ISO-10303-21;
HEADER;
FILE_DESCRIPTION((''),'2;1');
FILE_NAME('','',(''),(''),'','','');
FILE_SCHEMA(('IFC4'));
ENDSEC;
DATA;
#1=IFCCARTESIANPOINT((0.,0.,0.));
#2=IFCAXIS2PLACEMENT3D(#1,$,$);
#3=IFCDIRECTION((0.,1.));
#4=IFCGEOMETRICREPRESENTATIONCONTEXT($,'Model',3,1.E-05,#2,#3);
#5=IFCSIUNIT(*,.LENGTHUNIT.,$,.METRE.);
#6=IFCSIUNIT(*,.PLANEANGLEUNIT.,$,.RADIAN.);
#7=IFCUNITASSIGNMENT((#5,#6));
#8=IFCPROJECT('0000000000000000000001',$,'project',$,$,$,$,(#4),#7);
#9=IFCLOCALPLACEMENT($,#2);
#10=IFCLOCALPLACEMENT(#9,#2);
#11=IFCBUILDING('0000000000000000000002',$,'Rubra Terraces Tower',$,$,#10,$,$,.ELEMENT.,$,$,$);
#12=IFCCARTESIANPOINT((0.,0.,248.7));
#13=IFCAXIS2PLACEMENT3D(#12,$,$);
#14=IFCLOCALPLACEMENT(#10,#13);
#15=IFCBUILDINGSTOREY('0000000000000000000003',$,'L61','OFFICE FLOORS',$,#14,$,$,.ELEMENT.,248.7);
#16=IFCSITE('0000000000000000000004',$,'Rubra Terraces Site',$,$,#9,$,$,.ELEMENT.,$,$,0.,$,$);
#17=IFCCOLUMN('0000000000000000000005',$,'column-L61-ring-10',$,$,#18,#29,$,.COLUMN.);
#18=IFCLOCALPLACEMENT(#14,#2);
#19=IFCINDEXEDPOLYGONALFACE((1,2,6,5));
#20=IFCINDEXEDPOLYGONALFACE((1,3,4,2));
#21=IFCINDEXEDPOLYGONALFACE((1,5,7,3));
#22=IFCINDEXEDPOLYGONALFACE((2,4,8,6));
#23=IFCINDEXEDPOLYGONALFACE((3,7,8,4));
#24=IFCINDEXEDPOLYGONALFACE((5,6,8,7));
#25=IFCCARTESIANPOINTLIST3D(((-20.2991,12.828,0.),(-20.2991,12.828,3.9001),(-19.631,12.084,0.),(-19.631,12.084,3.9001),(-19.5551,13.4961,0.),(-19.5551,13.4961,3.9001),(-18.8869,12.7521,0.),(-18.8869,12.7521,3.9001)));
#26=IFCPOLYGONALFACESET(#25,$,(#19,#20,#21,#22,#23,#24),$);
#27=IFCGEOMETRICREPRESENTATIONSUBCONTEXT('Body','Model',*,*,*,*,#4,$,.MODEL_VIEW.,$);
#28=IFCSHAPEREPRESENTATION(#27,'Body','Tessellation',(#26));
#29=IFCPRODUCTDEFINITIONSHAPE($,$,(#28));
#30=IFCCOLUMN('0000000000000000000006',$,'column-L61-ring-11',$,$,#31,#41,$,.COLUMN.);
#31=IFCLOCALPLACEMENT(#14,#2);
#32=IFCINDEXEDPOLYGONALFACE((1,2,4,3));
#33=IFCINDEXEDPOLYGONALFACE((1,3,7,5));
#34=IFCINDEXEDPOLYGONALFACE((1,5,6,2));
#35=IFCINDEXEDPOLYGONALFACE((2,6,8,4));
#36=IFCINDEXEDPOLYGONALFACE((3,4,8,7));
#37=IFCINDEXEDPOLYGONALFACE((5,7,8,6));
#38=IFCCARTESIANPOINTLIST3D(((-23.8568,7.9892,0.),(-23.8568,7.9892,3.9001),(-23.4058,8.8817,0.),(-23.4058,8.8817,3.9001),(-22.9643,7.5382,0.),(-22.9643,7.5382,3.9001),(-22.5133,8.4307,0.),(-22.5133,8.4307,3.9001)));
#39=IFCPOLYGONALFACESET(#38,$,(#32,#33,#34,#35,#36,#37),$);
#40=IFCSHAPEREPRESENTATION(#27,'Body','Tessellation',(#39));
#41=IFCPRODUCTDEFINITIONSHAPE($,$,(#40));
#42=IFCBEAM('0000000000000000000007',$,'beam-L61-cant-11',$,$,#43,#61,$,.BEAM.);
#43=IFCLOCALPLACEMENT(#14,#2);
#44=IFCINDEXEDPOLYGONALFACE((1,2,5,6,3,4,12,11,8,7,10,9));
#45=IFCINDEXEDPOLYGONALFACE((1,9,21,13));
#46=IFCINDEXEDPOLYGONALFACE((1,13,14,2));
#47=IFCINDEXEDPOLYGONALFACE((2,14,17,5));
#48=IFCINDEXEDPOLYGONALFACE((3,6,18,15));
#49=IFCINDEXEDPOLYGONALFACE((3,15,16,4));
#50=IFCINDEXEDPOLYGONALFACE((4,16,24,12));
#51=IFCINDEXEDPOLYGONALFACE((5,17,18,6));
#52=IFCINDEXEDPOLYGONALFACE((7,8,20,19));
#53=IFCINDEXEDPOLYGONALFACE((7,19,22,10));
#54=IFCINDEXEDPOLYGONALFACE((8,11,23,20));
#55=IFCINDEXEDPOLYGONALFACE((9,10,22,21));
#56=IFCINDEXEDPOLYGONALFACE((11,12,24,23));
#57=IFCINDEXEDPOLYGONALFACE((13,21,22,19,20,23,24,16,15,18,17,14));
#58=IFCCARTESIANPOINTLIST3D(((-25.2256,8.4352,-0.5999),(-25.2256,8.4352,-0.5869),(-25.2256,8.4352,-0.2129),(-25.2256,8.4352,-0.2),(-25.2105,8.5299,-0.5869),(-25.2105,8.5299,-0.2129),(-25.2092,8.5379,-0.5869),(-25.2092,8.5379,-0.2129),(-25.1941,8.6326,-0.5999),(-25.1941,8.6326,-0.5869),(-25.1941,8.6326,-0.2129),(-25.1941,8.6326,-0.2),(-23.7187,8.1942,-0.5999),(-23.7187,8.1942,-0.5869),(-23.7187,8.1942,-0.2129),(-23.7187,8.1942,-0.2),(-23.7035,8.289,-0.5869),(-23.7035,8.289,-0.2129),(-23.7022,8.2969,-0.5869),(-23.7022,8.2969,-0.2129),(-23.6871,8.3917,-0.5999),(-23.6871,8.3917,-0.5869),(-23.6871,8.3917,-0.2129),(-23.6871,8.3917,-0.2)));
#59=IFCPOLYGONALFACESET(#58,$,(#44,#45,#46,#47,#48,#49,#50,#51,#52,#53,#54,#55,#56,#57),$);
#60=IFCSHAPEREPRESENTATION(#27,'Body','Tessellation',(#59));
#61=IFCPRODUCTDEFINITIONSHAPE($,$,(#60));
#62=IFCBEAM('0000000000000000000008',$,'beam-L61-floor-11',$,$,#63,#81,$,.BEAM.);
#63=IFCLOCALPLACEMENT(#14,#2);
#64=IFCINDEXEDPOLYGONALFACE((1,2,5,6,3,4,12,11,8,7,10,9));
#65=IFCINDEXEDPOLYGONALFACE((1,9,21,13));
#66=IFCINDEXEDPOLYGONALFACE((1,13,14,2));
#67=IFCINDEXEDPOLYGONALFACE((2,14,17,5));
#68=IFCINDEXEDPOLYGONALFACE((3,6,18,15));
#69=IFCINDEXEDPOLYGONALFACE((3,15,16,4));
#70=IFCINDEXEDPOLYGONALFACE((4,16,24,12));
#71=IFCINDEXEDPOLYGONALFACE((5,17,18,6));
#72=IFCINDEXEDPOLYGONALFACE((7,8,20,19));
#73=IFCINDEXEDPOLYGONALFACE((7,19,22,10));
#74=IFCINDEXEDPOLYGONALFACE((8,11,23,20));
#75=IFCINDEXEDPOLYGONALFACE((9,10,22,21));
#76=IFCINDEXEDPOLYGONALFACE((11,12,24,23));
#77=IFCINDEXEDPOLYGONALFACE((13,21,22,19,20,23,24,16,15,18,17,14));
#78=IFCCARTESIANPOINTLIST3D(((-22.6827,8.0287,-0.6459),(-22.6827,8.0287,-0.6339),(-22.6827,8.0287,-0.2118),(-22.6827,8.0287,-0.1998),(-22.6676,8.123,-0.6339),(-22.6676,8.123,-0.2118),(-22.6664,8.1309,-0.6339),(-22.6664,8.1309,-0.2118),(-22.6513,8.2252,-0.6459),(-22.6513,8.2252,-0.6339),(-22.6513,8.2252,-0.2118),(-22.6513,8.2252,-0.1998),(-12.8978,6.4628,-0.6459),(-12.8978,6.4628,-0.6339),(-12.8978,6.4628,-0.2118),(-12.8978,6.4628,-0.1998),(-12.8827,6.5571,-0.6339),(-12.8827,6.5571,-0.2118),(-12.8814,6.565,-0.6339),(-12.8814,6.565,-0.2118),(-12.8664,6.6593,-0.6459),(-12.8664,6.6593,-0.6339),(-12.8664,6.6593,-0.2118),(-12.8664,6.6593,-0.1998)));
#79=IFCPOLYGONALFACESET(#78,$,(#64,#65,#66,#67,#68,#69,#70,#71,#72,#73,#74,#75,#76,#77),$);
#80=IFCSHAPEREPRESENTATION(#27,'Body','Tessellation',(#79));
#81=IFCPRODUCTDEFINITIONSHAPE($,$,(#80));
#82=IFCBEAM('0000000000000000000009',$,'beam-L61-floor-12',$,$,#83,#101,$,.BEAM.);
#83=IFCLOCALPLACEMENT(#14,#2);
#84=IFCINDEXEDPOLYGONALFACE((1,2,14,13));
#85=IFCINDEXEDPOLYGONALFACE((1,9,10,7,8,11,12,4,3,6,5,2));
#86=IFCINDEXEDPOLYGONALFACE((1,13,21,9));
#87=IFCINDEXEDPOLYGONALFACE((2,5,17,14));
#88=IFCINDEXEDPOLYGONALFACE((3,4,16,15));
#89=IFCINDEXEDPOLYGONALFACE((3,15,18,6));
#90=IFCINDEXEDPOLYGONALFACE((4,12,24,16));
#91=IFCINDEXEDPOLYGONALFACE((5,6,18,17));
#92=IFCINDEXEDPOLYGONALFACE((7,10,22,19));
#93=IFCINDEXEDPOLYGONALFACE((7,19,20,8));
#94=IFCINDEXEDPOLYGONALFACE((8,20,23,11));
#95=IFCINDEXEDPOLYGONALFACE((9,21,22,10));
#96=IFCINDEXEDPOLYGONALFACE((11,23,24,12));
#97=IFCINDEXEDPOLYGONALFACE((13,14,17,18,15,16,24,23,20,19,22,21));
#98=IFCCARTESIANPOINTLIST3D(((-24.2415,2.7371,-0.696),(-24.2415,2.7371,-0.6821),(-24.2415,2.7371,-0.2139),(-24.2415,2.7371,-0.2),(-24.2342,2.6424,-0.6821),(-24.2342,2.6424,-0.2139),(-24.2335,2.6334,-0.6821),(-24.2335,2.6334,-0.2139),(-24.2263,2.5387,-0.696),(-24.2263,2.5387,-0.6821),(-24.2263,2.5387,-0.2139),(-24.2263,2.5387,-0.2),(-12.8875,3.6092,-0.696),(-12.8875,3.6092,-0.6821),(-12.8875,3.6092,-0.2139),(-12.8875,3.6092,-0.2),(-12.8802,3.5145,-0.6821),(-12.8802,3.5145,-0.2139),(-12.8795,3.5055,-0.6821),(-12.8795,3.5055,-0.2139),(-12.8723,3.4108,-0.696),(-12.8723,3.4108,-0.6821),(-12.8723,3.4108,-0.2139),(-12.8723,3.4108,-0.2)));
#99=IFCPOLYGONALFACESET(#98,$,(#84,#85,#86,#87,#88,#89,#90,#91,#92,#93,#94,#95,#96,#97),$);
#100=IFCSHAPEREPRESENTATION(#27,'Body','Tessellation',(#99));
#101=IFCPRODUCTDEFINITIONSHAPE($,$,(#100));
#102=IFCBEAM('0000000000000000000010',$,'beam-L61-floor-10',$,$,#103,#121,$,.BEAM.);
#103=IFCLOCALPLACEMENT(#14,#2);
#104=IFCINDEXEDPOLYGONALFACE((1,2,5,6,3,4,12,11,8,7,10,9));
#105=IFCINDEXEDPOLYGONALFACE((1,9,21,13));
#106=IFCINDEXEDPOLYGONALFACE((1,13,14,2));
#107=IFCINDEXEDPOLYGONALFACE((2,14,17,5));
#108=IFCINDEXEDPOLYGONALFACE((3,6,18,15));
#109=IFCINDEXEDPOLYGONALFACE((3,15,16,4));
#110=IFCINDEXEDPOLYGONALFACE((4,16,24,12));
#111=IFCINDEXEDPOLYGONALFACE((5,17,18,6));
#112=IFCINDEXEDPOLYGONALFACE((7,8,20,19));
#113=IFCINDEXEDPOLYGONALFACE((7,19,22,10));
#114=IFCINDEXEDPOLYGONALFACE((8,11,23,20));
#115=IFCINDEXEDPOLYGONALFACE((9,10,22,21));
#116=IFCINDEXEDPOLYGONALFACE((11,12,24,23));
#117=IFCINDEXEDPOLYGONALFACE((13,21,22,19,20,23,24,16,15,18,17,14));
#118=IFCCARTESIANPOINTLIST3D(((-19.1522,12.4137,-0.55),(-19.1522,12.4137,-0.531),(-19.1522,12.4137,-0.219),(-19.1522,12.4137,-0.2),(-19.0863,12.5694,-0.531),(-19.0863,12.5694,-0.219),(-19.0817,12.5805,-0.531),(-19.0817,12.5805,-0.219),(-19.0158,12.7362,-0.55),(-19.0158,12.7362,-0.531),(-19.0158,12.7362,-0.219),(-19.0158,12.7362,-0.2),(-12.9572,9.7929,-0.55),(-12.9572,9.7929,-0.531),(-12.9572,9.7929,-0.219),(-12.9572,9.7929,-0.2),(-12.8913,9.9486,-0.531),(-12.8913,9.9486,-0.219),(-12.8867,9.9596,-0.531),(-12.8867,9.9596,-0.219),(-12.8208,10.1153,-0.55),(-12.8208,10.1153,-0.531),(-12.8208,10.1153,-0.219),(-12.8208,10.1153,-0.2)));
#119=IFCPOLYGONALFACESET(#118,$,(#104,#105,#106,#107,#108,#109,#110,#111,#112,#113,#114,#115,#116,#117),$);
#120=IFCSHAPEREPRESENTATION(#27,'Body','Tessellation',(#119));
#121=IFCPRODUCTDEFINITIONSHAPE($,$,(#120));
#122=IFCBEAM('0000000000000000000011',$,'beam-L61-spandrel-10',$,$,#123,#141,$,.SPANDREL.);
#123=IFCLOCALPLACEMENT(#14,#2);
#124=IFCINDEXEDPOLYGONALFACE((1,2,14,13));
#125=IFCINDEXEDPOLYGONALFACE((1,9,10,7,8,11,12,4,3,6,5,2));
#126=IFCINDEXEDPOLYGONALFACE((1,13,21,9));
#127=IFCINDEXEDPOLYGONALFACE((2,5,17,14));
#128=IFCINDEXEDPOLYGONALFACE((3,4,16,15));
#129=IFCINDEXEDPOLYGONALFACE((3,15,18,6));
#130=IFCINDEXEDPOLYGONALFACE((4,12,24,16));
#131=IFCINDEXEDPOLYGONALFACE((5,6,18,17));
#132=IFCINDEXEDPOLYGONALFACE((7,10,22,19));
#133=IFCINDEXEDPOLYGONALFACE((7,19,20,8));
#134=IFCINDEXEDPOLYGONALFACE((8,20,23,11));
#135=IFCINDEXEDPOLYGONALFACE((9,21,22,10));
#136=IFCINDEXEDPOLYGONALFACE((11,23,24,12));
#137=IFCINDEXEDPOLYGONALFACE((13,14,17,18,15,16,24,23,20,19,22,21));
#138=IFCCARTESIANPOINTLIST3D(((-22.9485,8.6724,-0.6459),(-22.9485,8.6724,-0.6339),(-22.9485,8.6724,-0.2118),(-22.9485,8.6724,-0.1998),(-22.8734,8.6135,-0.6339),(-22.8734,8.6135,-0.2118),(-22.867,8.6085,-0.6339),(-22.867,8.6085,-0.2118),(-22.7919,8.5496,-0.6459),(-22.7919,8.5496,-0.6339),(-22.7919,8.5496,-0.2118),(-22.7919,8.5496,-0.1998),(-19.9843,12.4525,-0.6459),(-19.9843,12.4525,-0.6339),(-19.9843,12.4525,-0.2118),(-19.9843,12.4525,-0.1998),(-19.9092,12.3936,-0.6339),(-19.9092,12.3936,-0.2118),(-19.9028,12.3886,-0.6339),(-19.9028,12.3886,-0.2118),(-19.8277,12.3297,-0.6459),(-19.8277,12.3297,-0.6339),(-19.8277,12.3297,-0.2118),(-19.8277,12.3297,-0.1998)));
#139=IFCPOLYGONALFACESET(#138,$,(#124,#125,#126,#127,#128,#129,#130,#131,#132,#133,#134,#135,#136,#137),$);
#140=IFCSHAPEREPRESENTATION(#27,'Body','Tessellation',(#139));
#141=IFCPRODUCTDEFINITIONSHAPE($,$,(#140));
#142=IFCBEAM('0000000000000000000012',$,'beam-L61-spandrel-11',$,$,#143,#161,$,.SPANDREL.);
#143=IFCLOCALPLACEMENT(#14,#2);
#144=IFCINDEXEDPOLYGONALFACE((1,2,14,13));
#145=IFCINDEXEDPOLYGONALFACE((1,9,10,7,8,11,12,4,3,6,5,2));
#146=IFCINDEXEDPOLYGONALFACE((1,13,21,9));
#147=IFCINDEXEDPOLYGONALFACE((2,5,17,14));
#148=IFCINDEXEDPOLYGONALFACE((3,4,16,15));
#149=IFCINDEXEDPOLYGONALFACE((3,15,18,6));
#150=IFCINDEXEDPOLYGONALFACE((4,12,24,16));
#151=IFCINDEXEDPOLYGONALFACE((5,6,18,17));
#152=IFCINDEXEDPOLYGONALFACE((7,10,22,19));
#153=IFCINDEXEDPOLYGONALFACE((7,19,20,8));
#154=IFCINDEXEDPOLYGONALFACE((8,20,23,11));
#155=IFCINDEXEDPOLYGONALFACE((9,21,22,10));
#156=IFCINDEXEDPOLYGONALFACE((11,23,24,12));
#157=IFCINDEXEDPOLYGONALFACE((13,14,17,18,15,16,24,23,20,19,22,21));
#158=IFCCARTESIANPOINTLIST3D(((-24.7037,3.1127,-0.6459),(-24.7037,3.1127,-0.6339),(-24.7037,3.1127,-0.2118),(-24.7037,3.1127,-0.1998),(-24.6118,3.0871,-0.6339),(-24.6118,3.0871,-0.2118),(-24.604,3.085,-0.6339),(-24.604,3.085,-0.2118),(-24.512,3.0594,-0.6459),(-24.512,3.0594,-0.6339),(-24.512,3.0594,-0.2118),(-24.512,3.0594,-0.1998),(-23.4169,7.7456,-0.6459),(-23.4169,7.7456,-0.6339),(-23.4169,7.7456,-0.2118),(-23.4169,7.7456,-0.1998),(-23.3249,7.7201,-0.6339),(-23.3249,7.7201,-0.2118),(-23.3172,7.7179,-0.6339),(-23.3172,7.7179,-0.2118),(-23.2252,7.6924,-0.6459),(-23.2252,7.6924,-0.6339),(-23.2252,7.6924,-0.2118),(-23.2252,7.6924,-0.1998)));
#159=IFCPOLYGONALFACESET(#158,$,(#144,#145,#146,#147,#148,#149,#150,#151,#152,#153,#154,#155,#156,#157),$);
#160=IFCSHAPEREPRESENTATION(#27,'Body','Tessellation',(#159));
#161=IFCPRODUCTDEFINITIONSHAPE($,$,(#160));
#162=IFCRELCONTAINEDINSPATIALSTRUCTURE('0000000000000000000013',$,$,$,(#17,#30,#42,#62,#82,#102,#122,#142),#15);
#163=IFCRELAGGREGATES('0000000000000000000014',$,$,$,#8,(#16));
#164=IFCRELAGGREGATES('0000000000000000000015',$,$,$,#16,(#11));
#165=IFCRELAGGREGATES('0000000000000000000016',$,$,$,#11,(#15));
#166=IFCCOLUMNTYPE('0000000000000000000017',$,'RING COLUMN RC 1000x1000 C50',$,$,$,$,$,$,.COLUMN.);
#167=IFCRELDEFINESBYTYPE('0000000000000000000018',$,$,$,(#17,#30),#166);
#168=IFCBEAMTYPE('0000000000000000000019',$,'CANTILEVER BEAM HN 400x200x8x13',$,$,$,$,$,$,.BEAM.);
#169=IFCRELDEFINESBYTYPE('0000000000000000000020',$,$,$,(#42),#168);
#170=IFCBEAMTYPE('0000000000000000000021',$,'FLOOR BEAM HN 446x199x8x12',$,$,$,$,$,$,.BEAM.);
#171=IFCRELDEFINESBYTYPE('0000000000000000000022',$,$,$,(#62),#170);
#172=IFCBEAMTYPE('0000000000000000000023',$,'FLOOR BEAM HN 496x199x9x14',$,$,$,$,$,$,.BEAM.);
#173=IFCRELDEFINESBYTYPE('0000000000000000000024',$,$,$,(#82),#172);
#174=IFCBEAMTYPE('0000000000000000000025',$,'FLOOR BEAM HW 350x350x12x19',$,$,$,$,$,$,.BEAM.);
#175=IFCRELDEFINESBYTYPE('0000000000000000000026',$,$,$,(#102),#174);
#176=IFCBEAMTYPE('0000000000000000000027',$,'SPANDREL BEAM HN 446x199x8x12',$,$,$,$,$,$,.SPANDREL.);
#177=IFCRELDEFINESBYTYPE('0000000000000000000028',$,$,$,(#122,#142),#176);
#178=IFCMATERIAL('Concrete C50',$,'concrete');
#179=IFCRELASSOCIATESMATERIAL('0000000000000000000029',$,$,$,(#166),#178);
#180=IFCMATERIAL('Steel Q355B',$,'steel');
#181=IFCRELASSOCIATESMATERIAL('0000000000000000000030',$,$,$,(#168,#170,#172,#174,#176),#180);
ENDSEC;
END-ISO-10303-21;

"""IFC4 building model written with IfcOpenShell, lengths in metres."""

from ifc_helpers import new_model, si_unit, direction, frame, origin, origin_2d, place, context, subcontext, project, spatial, rectangle, i_section, extrude, material, material_profile, profile_set, type_object, element, save


model = new_model("IFC4")

# Units and contexts
model_context = context("Model", 3, precision=1e-05, world=origin(), true_north=direction((0.0, 1.0)))
body_context = subcontext(model_context, "Body", "Model", "MODEL_VIEW")
ifc_project = project(units=[si_unit("LENGTHUNIT", "METRE"), si_unit("PLANEANGLEUNIT", "RADIAN")], contexts=[model_context])

# Site, building, storey
site_placement = place(None, origin())
site = spatial("IfcSite", under=ifc_project, at=site_placement, Name="Rubra Terraces Site", CompositionType="ELEMENT", RefElevation=0.0)
building_placement = place(site_placement, origin())
building = spatial("IfcBuilding", under=site, at=building_placement, Name="Rubra Terraces Tower", CompositionType="ELEMENT")
storey_placement = place(building_placement, frame((0.0, 0.0, 248.7)))
storey = spatial("IfcBuildingStorey", under=building, at=storey_placement, Name="L61", Description="OFFICE FLOORS", CompositionType="ELEMENT", Elevation=248.7)

# Columns
ifc_material_1 = material(Name="Concrete C50", Category="concrete")
ifc_material_profile_1 = material_profile(ifc_material_1, rectangle(XDim=1.0, YDim=1.0, at=origin_2d()), Name="RC 1000x1000")
ifc_profile_set_1 = profile_set([ifc_material_profile_1], Name="Concrete C50")
column_type = type_object("IfcColumnType", Name="RING COLUMN RC 1000x1000 C50", PredefinedType="COLUMN", material=ifc_profile_set_1)
for number, where, z_axis, x_axis, name in (
    (1, (-19.593, 12.79, 0.0), (0.0, 0.0, 1.0), (-0.744021, -0.668156, 0.0), "column-L61-ring-10"),
    (2, (-23.1851, 8.21, 0.0), (0.0, 0.0, 1.0), (-0.451028, -0.89251, 0.0), "column-L61-ring-11"),
):
    element("IfcColumn", number, at=place(storey_placement, frame(where, z_axis=z_axis, x_axis=x_axis)), inside=storey, type_object=column_type, Name=name, PredefinedType="COLUMN", context=body_context, shape_type="SweptSolid", body=[
        extrude(rectangle(XDim=1.0, YDim=1.0, at=origin_2d()), origin(), (0.0, 0.0, 1.0), 3.9001),
    ])

# Beams
ifc_material_2 = material(Name="Steel Q355B", Category="steel")
ifc_material_profile_2 = material_profile(ifc_material_2, i_section(OverallWidth=0.2, OverallDepth=0.3999, WebThickness=0.0081, FlangeThickness=0.0129, at=origin_2d()), Name="HN 400x200x8x13")
ifc_profile_set_2 = profile_set([ifc_material_profile_2], Name="Steel Q355B")
beam_type_1 = type_object("IfcBeamType", Name="CANTILEVER BEAM HN 400x200x8x13", PredefinedType="BEAM", material=ifc_profile_set_2)
beam_1_placement = place(storey_placement, frame((-23.7029, 8.293, -0.3999), z_axis=(-0.987458, 0.157884, 0.0), x_axis=(-0.157884, -0.987458, 0.0)))
element("IfcBeam", 3, at=beam_1_placement, inside=storey, type_object=beam_type_1, Name="beam-L61-cant-11", PredefinedType="BEAM", context=body_context, shape_type="SweptSolid", body=[
    extrude(i_section(OverallWidth=0.2, OverallDepth=0.3999, WebThickness=0.0081, FlangeThickness=0.0129, at=origin_2d()), origin(), (0.0, 0.0, 1.0), 1.5261),
])
ifc_material_profile_3 = material_profile(ifc_material_2, i_section(OverallWidth=0.199, OverallDepth=0.446, WebThickness=0.0081, FlangeThickness=0.012, at=origin_2d()), Name="HN 446x199x8x12")
ifc_profile_set_3 = profile_set([ifc_material_profile_3], Name="Steel Q355B")
beam_type_2 = type_object("IfcBeamType", Name="FLOOR BEAM HN 446x199x8x12", PredefinedType="BEAM", material=ifc_profile_set_3)
beam_2_placement = place(storey_placement, frame((-22.667, 8.127, -0.4229), z_axis=(0.987435, -0.158023, 0.0), x_axis=(0.158023, 0.987435, 0.0)))
element("IfcBeam", 4, at=beam_2_placement, inside=storey, type_object=beam_type_2, Name="beam-L61-floor-11", PredefinedType="BEAM", context=body_context, shape_type="SweptSolid", body=[
    extrude(i_section(OverallWidth=0.199, OverallDepth=0.446, WebThickness=0.0081, FlangeThickness=0.012, at=origin_2d()), origin(), (0.0, 0.0, 1.0), 9.9094),
])
ifc_material_profile_4 = material_profile(ifc_material_2, i_section(OverallWidth=0.199, OverallDepth=0.4961, WebThickness=0.009, FlangeThickness=0.0139, at=origin_2d()), Name="HN 496x199x9x14")
ifc_profile_set_4 = profile_set([ifc_material_profile_4], Name="Steel Q355B")
beam_type_3 = type_object("IfcBeamType", Name="FLOOR BEAM HN 496x199x9x14", PredefinedType="BEAM", material=ifc_profile_set_4)
beam_3_placement = place(storey_placement, frame((-24.2339, 2.6379, -0.448), z_axis=(0.997063, 0.076582, 0.0), x_axis=(-0.076582, 0.997063, 0.0)))
element("IfcBeam", 5, at=beam_3_placement, inside=storey, type_object=beam_type_3, Name="beam-L61-floor-12", PredefinedType="BEAM", context=body_context, shape_type="SweptSolid", body=[
    extrude(i_section(OverallWidth=0.199, OverallDepth=0.4961, WebThickness=0.009, FlangeThickness=0.0139, at=origin_2d()), origin(), (0.0, 0.0, 1.0), 11.3875),
])
ifc_material_profile_5 = material_profile(ifc_material_2, i_section(OverallWidth=0.3501, OverallDepth=0.3501, WebThickness=0.012, FlangeThickness=0.019, at=origin_2d()), Name="HW 350x350x12x19")
ifc_profile_set_5 = profile_set([ifc_material_profile_5], Name="Steel Q355B")
beam_type_4 = type_object("IfcBeamType", Name="FLOOR BEAM HW 350x350x12x19", PredefinedType="BEAM", material=ifc_profile_set_5)
beam_4_placement = place(storey_placement, frame((-19.084, 12.575, -0.375), z_axis=(0.920975, -0.389622, 0.0), x_axis=(0.389622, 0.920975, 0.0)))
element("IfcBeam", 6, at=beam_4_placement, inside=storey, type_object=beam_type_4, Name="beam-L61-floor-10", PredefinedType="BEAM", context=body_context, shape_type="SweptSolid", body=[
    extrude(i_section(OverallWidth=0.3501, OverallDepth=0.3501, WebThickness=0.012, FlangeThickness=0.019, at=origin_2d()), origin(), (0.0, 0.0, 1.0), 6.7266),
])
ifc_material_profile_6 = material_profile(ifc_material_2, i_section(OverallWidth=0.199, OverallDepth=0.446, WebThickness=0.0081, FlangeThickness=0.012, at=origin_2d()), Name="HN 446x199x8x12")
ifc_profile_set_6 = profile_set([ifc_material_profile_6], Name="Steel Q355B")
beam_type_5 = type_object("IfcBeamType", Name="SPANDREL BEAM HN 446x199x8x12", PredefinedType="SPANDREL", material=ifc_profile_set_6)
beam_5_placement = place(storey_placement, frame((-19.906, 12.3911, -0.4229), z_axis=(-0.61706, -0.786916, 0.0), x_axis=(0.786916, -0.61706, 0.0)))
element("IfcBeam", 7, at=beam_5_placement, inside=storey, type_object=beam_type_5, Name="beam-L61-spandrel-10", PredefinedType="SPANDREL", context=body_context, shape_type="SweptSolid", body=[
    extrude(i_section(OverallWidth=0.199, OverallDepth=0.446, WebThickness=0.0081, FlangeThickness=0.012, at=origin_2d()), origin(), (0.0, 0.0, 1.0), 4.8037),
])
beam_6_placement = place(storey_placement, frame((-23.321, 7.719, -0.4229), z_axis=(-0.267626, -0.963523, 0.0), x_axis=(0.963523, -0.267626, 0.0)))
element("IfcBeam", 8, at=beam_6_placement, inside=storey, type_object=beam_type_5, Name="beam-L61-spandrel-11", PredefinedType="SPANDREL", context=body_context, shape_type="SweptSolid", body=[
    extrude(i_section(OverallWidth=0.199, OverallDepth=0.446, WebThickness=0.0081, FlangeThickness=0.012, at=origin_2d()), origin(), (0.0, 0.0, 1.0), 4.8083),
])

save(model, "model.ifc")
